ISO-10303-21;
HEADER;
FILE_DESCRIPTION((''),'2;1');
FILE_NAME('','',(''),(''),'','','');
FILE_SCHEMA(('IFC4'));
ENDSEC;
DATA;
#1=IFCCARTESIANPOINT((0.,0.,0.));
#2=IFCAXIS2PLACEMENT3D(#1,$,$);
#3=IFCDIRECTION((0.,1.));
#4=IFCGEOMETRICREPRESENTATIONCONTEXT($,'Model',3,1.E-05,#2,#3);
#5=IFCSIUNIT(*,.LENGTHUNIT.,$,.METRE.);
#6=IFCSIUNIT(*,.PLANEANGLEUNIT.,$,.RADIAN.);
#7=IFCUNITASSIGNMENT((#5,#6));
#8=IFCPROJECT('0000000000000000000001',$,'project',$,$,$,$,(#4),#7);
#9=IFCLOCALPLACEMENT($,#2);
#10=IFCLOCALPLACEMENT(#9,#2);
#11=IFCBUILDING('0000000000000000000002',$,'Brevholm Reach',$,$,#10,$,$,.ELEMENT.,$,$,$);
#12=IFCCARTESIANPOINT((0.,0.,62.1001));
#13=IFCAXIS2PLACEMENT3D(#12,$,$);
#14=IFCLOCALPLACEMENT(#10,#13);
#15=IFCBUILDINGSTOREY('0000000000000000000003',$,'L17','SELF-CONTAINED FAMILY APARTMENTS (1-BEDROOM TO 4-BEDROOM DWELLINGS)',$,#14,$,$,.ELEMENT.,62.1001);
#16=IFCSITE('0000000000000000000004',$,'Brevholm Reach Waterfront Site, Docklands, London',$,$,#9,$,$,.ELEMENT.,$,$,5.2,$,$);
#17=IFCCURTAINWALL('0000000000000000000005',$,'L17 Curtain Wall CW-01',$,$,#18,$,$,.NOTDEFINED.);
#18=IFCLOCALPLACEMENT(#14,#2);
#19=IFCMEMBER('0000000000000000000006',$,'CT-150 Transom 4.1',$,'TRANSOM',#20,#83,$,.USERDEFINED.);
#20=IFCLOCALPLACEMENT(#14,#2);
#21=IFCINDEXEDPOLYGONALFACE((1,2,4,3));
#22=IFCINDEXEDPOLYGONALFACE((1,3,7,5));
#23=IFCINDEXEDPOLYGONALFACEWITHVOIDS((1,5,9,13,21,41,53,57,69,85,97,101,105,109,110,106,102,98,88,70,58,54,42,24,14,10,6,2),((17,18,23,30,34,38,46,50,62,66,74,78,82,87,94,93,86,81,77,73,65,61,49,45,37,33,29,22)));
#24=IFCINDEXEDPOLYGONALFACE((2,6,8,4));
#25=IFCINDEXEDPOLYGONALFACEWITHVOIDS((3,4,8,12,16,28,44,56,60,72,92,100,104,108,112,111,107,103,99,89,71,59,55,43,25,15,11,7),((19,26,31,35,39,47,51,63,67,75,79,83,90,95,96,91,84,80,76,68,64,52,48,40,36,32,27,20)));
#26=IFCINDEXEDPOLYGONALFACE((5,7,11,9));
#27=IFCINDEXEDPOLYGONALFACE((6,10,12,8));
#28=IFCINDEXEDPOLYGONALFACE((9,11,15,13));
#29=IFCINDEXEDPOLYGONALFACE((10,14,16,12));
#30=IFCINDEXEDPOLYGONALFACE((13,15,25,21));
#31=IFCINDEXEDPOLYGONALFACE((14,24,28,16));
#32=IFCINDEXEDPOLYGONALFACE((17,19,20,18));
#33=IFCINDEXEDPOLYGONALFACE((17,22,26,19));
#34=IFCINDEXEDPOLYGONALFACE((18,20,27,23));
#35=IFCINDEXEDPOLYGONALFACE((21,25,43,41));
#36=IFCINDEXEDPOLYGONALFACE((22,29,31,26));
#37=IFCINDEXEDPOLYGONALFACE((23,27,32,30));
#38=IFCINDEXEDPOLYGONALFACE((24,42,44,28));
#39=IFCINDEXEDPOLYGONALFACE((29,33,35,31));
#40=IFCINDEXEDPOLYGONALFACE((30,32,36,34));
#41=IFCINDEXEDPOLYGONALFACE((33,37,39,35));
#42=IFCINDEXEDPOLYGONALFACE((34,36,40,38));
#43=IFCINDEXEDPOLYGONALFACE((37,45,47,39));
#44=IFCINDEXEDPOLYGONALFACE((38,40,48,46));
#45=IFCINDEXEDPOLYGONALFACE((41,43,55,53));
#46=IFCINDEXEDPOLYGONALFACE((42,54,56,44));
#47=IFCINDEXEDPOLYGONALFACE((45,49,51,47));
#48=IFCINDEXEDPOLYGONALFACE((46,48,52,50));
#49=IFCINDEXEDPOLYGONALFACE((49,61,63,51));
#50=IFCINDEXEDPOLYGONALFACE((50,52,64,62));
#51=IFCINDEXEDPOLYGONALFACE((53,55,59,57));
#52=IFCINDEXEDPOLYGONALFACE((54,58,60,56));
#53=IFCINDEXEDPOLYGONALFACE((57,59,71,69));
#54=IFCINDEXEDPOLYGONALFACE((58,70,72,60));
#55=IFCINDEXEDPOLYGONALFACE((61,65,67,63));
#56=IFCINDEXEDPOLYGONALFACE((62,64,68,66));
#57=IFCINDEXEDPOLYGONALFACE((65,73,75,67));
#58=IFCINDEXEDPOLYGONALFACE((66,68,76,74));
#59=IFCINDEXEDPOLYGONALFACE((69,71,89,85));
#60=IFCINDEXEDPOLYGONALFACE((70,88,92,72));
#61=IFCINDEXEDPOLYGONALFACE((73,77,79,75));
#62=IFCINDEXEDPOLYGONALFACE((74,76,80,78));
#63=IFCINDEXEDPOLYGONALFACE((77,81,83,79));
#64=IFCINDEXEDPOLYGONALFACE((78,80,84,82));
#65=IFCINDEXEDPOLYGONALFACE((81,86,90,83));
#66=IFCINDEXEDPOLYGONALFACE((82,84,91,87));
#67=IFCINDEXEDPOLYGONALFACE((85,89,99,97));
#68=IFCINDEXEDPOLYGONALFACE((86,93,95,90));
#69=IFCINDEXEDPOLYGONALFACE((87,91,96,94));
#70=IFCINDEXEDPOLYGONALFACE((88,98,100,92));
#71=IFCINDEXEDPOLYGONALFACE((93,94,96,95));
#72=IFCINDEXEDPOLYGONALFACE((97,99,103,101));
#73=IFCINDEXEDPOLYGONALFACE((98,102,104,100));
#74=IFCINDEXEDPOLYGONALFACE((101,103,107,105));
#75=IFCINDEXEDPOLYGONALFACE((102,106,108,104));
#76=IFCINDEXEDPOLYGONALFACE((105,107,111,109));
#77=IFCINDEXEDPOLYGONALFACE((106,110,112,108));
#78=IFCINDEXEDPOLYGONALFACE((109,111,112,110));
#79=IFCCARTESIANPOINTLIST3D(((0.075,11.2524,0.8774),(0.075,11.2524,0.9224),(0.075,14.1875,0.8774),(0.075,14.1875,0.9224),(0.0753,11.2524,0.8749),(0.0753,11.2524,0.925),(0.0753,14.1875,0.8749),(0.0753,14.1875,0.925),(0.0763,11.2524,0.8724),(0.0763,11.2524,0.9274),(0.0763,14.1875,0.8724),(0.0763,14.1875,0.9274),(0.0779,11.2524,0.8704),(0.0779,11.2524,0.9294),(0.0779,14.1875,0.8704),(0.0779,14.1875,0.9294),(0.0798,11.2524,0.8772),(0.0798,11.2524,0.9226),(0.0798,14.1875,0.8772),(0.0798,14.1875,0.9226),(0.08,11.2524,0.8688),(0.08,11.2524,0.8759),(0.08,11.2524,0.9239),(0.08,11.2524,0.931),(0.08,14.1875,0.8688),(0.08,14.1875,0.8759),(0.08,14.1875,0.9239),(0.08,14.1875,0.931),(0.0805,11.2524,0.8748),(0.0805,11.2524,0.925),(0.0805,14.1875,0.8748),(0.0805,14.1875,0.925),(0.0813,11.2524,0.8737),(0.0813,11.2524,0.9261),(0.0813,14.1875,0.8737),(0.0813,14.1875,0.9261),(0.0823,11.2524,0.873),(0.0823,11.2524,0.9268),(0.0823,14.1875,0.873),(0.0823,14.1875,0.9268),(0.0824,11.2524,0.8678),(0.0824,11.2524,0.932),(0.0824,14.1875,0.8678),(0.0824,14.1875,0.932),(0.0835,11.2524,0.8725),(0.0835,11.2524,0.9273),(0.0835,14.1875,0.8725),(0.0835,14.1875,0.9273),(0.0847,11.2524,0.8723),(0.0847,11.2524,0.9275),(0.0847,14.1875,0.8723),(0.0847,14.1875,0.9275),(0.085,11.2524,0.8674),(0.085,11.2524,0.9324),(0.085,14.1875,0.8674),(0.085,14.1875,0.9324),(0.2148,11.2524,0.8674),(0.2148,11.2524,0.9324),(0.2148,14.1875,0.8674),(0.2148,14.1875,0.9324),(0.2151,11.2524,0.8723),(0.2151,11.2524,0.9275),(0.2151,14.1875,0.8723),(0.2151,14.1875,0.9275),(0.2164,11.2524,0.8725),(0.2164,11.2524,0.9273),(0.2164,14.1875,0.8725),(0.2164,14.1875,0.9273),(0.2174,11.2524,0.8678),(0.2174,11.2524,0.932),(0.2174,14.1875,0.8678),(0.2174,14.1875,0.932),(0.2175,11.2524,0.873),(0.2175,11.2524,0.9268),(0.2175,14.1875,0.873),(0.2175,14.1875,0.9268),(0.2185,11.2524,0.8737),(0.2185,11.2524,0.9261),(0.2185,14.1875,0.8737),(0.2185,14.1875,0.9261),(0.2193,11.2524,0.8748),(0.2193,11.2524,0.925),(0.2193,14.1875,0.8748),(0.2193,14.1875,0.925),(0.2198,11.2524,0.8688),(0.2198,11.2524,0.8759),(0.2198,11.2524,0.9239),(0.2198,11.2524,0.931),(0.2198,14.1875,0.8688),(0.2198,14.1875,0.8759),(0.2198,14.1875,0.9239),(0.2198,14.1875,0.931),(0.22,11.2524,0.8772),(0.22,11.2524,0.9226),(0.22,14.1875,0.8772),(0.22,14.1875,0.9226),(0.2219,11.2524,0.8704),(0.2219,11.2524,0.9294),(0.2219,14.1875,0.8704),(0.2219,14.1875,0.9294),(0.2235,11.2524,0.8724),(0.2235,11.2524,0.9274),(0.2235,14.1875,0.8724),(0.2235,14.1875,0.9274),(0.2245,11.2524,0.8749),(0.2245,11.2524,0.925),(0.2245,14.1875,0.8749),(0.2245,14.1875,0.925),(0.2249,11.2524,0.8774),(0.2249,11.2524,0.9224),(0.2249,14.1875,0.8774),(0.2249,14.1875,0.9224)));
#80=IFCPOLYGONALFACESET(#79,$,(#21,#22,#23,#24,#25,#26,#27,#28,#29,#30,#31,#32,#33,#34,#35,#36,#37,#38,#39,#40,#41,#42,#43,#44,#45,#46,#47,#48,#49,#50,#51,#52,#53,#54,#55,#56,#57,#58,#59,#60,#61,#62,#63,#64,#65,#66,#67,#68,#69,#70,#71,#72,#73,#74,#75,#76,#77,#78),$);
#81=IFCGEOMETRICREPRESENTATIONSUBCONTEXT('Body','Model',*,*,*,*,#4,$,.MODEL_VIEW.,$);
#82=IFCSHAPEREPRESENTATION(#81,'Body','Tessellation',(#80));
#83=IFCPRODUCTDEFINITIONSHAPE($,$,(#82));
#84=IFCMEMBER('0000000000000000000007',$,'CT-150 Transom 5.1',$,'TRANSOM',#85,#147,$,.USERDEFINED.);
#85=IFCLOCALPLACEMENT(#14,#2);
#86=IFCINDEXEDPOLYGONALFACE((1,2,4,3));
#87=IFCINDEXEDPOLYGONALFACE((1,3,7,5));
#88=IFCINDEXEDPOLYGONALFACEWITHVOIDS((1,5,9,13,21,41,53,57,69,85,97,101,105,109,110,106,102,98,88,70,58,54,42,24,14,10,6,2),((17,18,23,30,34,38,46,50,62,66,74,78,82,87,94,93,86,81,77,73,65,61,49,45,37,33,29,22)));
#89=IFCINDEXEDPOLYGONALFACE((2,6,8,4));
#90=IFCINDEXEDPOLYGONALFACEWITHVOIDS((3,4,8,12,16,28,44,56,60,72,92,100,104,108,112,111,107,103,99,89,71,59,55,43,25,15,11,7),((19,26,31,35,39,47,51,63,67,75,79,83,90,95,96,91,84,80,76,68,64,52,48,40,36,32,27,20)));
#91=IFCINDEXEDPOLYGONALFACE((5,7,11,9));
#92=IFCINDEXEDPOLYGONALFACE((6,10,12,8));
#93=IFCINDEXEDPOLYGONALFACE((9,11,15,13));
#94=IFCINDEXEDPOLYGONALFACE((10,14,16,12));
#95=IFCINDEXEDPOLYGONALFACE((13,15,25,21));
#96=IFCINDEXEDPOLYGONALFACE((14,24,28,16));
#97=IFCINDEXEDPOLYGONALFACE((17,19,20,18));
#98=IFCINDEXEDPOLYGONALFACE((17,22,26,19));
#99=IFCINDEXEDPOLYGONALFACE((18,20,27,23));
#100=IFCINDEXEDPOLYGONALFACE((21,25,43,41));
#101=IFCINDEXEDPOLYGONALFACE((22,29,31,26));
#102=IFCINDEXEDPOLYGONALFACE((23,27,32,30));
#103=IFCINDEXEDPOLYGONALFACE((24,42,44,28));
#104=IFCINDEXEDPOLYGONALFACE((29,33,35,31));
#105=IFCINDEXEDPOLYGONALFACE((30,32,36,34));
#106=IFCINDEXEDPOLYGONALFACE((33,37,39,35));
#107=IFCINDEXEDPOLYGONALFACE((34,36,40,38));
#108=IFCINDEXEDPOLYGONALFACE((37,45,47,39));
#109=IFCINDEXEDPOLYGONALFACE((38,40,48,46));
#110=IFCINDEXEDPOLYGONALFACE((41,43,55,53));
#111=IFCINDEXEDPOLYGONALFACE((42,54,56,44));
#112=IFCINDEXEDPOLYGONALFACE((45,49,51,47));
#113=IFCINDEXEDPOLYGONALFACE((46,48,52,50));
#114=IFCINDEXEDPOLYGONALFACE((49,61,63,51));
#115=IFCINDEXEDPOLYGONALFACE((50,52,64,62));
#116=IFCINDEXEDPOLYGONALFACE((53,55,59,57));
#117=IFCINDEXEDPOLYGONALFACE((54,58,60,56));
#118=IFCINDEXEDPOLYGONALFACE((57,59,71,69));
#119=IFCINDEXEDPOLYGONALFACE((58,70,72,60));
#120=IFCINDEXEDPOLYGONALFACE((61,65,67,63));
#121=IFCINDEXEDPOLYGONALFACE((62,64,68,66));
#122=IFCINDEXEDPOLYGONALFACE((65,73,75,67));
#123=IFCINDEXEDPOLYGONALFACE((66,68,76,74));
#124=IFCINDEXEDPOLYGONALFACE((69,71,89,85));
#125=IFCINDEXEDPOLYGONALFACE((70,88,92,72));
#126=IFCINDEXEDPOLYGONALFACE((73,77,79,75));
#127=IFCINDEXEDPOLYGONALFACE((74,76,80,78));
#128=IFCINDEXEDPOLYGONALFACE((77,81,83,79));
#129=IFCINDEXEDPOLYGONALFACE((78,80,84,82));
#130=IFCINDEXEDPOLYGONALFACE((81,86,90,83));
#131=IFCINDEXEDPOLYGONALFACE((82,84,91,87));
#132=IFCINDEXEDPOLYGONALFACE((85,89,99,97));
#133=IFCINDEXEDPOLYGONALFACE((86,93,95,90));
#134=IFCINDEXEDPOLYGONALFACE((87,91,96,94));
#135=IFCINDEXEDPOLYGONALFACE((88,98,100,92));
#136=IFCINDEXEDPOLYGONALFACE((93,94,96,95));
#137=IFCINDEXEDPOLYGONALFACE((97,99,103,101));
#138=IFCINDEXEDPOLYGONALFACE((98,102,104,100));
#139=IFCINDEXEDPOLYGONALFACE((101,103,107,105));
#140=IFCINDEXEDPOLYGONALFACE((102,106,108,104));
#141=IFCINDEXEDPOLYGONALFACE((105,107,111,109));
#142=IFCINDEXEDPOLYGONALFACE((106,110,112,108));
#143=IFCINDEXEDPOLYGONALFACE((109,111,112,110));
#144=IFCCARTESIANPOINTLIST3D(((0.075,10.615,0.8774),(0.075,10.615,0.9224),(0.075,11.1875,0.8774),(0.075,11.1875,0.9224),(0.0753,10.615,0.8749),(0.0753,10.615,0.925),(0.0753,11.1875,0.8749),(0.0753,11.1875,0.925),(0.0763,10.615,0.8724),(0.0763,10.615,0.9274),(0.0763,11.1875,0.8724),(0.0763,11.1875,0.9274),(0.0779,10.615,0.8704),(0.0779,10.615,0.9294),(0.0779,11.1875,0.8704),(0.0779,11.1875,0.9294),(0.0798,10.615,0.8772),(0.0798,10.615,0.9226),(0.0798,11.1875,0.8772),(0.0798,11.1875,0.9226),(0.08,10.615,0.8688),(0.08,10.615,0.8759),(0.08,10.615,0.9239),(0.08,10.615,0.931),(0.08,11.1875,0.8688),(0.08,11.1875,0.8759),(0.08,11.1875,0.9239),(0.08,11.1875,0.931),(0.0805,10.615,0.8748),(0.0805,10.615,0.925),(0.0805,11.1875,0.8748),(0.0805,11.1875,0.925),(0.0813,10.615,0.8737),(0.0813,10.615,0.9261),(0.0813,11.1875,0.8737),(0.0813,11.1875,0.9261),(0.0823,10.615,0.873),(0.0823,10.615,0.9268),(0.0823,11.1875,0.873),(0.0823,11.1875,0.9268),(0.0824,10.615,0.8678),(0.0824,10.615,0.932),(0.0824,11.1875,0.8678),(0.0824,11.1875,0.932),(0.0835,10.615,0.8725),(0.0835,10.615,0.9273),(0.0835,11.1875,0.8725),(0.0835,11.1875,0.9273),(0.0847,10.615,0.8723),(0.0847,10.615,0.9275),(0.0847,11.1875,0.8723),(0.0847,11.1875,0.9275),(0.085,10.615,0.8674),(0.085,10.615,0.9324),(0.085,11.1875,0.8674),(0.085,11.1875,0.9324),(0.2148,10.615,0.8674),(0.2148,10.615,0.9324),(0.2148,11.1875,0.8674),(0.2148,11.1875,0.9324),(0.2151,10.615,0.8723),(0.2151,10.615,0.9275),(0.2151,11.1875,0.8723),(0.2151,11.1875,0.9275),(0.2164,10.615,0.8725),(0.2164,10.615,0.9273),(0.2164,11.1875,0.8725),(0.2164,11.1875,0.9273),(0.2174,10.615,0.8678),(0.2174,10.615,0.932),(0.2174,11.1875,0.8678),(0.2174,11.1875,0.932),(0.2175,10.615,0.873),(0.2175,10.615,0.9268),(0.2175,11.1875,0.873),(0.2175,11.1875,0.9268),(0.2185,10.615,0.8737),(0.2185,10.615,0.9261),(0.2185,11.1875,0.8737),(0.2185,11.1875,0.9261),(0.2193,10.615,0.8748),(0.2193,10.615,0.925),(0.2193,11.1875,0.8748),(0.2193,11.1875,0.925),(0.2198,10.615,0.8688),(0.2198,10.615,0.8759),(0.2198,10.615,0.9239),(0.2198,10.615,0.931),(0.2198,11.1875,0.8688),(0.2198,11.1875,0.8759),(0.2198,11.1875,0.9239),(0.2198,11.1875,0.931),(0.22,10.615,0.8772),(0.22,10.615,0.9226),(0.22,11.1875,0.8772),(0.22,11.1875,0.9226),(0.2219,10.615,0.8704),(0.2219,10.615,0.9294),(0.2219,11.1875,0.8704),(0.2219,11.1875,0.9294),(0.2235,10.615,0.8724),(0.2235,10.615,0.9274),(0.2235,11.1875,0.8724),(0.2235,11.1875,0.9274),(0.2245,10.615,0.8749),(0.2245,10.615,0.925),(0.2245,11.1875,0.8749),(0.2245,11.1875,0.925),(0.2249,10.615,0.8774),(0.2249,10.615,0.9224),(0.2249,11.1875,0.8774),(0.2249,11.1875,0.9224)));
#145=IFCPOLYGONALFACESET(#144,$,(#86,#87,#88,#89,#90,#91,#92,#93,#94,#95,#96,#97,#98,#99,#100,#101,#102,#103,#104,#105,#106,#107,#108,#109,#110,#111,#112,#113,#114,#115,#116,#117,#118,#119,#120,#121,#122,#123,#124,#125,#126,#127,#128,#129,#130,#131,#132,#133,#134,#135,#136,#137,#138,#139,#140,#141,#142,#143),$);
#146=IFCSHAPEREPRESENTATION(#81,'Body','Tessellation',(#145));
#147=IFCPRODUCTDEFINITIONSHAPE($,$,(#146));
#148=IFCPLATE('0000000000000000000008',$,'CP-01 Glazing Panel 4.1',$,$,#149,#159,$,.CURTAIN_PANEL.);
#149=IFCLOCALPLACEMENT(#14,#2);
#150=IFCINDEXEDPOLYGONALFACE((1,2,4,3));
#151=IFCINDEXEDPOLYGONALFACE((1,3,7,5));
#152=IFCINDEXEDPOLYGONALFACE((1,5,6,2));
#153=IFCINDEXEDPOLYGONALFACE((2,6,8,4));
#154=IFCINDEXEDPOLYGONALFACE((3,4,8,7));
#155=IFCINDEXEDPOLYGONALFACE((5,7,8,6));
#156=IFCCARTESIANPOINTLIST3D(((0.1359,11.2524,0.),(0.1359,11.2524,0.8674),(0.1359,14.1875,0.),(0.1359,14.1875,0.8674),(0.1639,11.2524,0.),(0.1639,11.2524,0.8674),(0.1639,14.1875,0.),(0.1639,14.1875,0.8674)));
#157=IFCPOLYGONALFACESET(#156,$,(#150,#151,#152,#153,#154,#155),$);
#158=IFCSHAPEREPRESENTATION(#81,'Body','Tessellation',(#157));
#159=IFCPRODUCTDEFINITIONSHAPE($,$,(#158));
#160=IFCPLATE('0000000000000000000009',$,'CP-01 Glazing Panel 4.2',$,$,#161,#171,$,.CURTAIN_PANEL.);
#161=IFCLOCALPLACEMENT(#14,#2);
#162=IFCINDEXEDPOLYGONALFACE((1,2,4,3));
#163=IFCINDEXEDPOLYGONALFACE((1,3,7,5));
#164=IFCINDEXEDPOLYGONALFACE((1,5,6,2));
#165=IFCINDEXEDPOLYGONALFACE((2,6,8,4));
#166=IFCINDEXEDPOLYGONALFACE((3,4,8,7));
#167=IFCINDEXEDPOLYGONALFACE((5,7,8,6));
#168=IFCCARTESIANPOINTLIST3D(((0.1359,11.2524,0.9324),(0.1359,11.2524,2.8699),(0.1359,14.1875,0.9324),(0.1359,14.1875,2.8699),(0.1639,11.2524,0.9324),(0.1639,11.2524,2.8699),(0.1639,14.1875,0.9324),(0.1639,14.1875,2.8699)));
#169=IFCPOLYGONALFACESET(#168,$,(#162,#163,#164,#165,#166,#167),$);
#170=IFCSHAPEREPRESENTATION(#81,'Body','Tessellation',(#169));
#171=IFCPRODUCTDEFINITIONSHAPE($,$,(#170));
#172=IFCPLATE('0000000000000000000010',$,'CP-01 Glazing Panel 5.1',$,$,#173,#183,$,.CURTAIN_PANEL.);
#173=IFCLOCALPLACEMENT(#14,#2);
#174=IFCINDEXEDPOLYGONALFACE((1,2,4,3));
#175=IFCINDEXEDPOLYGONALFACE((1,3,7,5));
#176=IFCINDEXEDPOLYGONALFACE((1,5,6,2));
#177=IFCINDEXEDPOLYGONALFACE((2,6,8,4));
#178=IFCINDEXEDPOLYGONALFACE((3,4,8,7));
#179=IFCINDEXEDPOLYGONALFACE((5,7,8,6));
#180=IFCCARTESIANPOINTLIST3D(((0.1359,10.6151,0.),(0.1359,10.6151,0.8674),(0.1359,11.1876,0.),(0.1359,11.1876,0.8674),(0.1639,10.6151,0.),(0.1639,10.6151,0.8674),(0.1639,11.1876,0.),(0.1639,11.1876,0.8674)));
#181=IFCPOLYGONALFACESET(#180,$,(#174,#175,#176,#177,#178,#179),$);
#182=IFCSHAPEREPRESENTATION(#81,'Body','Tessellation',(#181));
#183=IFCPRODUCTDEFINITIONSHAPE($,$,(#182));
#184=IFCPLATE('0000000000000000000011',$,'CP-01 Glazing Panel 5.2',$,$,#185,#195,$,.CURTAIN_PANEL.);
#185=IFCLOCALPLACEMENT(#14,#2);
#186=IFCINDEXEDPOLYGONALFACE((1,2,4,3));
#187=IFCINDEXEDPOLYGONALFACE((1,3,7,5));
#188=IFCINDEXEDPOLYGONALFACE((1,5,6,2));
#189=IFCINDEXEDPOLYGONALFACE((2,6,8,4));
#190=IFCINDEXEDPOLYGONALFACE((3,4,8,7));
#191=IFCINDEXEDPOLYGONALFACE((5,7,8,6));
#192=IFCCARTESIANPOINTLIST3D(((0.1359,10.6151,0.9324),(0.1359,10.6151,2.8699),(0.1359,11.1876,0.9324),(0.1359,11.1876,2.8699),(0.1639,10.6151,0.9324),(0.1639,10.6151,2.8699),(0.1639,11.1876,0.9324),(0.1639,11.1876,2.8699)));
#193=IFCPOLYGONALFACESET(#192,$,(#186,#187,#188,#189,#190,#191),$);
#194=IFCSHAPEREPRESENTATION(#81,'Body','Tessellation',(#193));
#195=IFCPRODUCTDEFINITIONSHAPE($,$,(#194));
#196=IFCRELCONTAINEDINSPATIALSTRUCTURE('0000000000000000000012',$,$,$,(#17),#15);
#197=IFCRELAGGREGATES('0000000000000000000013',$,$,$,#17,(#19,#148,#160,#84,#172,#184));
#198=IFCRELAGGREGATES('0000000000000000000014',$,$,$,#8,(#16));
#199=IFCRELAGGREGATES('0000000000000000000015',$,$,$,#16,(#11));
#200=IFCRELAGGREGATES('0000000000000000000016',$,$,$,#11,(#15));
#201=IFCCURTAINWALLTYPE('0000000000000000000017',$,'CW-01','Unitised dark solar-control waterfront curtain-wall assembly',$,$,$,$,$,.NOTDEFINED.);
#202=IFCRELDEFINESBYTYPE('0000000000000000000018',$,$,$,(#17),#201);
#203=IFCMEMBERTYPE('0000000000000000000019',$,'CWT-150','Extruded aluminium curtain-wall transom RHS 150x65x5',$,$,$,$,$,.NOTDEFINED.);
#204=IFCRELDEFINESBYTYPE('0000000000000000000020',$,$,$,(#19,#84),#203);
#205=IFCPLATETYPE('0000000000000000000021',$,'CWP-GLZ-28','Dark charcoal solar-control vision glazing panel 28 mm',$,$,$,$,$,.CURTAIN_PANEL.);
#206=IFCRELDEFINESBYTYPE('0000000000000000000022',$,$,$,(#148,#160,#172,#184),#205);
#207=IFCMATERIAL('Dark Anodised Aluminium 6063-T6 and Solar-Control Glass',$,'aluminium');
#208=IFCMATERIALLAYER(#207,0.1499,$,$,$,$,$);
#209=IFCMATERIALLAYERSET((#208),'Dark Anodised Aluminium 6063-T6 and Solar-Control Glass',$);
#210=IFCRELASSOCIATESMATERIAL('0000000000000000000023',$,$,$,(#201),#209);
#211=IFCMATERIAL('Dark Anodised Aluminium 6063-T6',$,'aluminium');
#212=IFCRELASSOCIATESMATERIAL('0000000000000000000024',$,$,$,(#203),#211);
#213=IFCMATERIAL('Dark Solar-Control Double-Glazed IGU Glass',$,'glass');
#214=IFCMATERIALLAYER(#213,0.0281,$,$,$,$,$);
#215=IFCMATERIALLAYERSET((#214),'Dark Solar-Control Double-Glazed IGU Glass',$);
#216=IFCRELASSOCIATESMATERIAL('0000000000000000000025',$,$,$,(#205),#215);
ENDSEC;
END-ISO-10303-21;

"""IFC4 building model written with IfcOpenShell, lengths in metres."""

from ifc_helpers import new_model, si_unit, direction, frame, origin, origin_2d, place, context, subcontext, project, spatial, rectangle, hollow_rectangle, extrude, material, layer, layer_set, material_profile, profile_set, type_object, element, aggregate, save


model = new_model("IFC4")

# Units and contexts
model_context = context("Model", 3, precision=1e-05, world=origin(), true_north=direction((0.0, 1.0)))
body_context = subcontext(model_context, "Body", "Model", "MODEL_VIEW")
ifc_project = project(units=[si_unit("LENGTHUNIT", "METRE"), si_unit("PLANEANGLEUNIT", "RADIAN")], contexts=[model_context])

# Site, building, storey
site_placement = place(None, origin())
site = spatial("IfcSite", under=ifc_project, at=site_placement, Name="Brevholm Reach Waterfront Site, Docklands, London", CompositionType="ELEMENT", RefElevation=5.2)
building_placement = place(site_placement, origin())
building = spatial("IfcBuilding", under=site, at=building_placement, Name="Brevholm Reach", CompositionType="ELEMENT")
storey_placement = place(building_placement, frame((0.0, 0.0, 62.1001)))
storey = spatial("IfcBuildingStorey", under=building, at=storey_placement, Name="L17", Description="SELF-CONTAINED FAMILY APARTMENTS (1-BEDROOM TO 4-BEDROOM DWELLINGS)", CompositionType="ELEMENT", Elevation=62.1001)

# Curtain wall, members, plates
ifc_material_1 = material(Name="Dark Anodised Aluminium 6063-T6 and Solar-Control Glass", Category="aluminium")
ifc_layer_1 = layer(ifc_material_1, 0.1499)
ifc_layer_set_1 = layer_set([ifc_layer_1], Name="Dark Anodised Aluminium 6063-T6 and Solar-Control Glass")
curtain_wall_type = type_object("IfcCurtainWallType", Name="CW-01", Description="Unitised dark solar-control waterfront curtain-wall assembly", PredefinedType="NOTDEFINED", material=ifc_layer_set_1)
curtain_wall_placement = place(storey_placement, origin())
curtain_wall = element("IfcCurtainWall", 1, at=curtain_wall_placement, inside=storey, type_object=curtain_wall_type, Name="L17 Curtain Wall CW-01", PredefinedType="NOTDEFINED")
ifc_material_2 = material(Name="Dark Anodised Aluminium 6063-T6", Category="aluminium")
ifc_material_profile_1 = material_profile(ifc_material_2, hollow_rectangle(XDim=0.0649, YDim=0.1499, WallThickness=0.0049, InnerFilletRadius=0.0049, OuterFilletRadius=0.01, at=origin_2d()), Name="RHS 150x65x5")
ifc_profile_set_1 = profile_set([ifc_material_profile_1], Name="Dark Anodised Aluminium 6063-T6")
member_type_1 = type_object("IfcMemberType", Name="CWT-150", Description="Extruded aluminium curtain-wall transom RHS 150x65x5", PredefinedType="NOTDEFINED", material=ifc_profile_set_1)
member_1_placement = place(storey_placement, frame((0.1499, 14.1875, 0.8999), z_axis=(0.0, -1.0, 0.0), x_axis=(0.0, 0.0, 1.0)))
member_1 = element("IfcMember", 2, at=member_1_placement, type_object=member_type_1, Name="CT-150 Transom 4.1", ObjectType="TRANSOM", PredefinedType="USERDEFINED", context=body_context, shape_type="SweptSolid", body=[
    extrude(hollow_rectangle(XDim=0.0649, YDim=0.1499, WallThickness=0.0049, InnerFilletRadius=0.0049, OuterFilletRadius=0.01, at=origin_2d()), origin(), (0.0, 0.0, 1.0), 2.9351),
])
member_2_placement = place(storey_placement, frame((0.1499, 11.1875, 0.8999), z_axis=(0.0, -1.0, 0.0), x_axis=(0.0, 0.0, 1.0)))
member_2 = element("IfcMember", 3, at=member_2_placement, type_object=member_type_1, Name="CT-150 Transom 5.1", ObjectType="TRANSOM", PredefinedType="USERDEFINED", context=body_context, shape_type="SweptSolid", body=[
    extrude(hollow_rectangle(XDim=0.0649, YDim=0.1499, WallThickness=0.0049, InnerFilletRadius=0.0049, OuterFilletRadius=0.01, at=origin_2d()), origin(), (0.0, 0.0, 1.0), 0.5725),
])
ifc_material_3 = material(Name="Dark Solar-Control Double-Glazed IGU Glass", Category="glass")
ifc_layer_2 = layer(ifc_material_3, 0.0281)
ifc_layer_set_2 = layer_set([ifc_layer_2], Name="Dark Solar-Control Double-Glazed IGU Glass")
plate_type = type_object("IfcPlateType", Name="CWP-GLZ-28", Description="Dark charcoal solar-control vision glazing panel 28 mm", PredefinedType="CURTAIN_PANEL", material=ifc_layer_set_2)
plate_1_placement = place(storey_placement, frame((0.1499, 12.72, 0.0), z_axis=(0.0, 0.0, 1.0), x_axis=(0.0, -1.0, 0.0)))
plate_1 = element("IfcPlate", 4, at=plate_1_placement, type_object=plate_type, Name="CP-01 Glazing Panel 4.1", PredefinedType="CURTAIN_PANEL", context=body_context, shape_type="SweptSolid", body=[
    extrude(rectangle(XDim=2.9351, YDim=0.0281, at=origin_2d()), origin(), (0.0, 0.0, 1.0), 0.8674),
])
plate_2_placement = place(storey_placement, frame((0.1499, 12.72, 0.9324), z_axis=(0.0, 0.0, 1.0), x_axis=(0.0, -1.0, 0.0)))
plate_2 = element("IfcPlate", 5, at=plate_2_placement, type_object=plate_type, Name="CP-01 Glazing Panel 4.2", PredefinedType="CURTAIN_PANEL", context=body_context, shape_type="SweptSolid", body=[
    extrude(rectangle(XDim=2.9351, YDim=0.0281, at=origin_2d()), origin(), (0.0, 0.0, 1.0), 1.9375),
])
plate_3_placement = place(storey_placement, frame((0.1499, 10.9014, 0.0), z_axis=(0.0, 0.0, 1.0), x_axis=(0.0, -1.0, 0.0)))
plate_3 = element("IfcPlate", 6, at=plate_3_placement, type_object=plate_type, Name="CP-01 Glazing Panel 5.1", PredefinedType="CURTAIN_PANEL", context=body_context, shape_type="SweptSolid", body=[
    extrude(rectangle(XDim=0.5725, YDim=0.0281, at=origin_2d()), origin(), (0.0, 0.0, 1.0), 0.8674),
])
plate_4_placement = place(storey_placement, frame((0.1499, 10.9014, 0.9324), z_axis=(0.0, 0.0, 1.0), x_axis=(0.0, -1.0, 0.0)))
plate_4 = element("IfcPlate", 7, at=plate_4_placement, type_object=plate_type, Name="CP-01 Glazing Panel 5.2", PredefinedType="CURTAIN_PANEL", context=body_context, shape_type="SweptSolid", body=[
    extrude(rectangle(XDim=0.5725, YDim=0.0281, at=origin_2d()), origin(), (0.0, 0.0, 1.0), 1.9375),
])
aggregate(curtain_wall, [member_1, plate_1, plate_2, member_2, plate_3, plate_4])

save(model, "model.ifc")
